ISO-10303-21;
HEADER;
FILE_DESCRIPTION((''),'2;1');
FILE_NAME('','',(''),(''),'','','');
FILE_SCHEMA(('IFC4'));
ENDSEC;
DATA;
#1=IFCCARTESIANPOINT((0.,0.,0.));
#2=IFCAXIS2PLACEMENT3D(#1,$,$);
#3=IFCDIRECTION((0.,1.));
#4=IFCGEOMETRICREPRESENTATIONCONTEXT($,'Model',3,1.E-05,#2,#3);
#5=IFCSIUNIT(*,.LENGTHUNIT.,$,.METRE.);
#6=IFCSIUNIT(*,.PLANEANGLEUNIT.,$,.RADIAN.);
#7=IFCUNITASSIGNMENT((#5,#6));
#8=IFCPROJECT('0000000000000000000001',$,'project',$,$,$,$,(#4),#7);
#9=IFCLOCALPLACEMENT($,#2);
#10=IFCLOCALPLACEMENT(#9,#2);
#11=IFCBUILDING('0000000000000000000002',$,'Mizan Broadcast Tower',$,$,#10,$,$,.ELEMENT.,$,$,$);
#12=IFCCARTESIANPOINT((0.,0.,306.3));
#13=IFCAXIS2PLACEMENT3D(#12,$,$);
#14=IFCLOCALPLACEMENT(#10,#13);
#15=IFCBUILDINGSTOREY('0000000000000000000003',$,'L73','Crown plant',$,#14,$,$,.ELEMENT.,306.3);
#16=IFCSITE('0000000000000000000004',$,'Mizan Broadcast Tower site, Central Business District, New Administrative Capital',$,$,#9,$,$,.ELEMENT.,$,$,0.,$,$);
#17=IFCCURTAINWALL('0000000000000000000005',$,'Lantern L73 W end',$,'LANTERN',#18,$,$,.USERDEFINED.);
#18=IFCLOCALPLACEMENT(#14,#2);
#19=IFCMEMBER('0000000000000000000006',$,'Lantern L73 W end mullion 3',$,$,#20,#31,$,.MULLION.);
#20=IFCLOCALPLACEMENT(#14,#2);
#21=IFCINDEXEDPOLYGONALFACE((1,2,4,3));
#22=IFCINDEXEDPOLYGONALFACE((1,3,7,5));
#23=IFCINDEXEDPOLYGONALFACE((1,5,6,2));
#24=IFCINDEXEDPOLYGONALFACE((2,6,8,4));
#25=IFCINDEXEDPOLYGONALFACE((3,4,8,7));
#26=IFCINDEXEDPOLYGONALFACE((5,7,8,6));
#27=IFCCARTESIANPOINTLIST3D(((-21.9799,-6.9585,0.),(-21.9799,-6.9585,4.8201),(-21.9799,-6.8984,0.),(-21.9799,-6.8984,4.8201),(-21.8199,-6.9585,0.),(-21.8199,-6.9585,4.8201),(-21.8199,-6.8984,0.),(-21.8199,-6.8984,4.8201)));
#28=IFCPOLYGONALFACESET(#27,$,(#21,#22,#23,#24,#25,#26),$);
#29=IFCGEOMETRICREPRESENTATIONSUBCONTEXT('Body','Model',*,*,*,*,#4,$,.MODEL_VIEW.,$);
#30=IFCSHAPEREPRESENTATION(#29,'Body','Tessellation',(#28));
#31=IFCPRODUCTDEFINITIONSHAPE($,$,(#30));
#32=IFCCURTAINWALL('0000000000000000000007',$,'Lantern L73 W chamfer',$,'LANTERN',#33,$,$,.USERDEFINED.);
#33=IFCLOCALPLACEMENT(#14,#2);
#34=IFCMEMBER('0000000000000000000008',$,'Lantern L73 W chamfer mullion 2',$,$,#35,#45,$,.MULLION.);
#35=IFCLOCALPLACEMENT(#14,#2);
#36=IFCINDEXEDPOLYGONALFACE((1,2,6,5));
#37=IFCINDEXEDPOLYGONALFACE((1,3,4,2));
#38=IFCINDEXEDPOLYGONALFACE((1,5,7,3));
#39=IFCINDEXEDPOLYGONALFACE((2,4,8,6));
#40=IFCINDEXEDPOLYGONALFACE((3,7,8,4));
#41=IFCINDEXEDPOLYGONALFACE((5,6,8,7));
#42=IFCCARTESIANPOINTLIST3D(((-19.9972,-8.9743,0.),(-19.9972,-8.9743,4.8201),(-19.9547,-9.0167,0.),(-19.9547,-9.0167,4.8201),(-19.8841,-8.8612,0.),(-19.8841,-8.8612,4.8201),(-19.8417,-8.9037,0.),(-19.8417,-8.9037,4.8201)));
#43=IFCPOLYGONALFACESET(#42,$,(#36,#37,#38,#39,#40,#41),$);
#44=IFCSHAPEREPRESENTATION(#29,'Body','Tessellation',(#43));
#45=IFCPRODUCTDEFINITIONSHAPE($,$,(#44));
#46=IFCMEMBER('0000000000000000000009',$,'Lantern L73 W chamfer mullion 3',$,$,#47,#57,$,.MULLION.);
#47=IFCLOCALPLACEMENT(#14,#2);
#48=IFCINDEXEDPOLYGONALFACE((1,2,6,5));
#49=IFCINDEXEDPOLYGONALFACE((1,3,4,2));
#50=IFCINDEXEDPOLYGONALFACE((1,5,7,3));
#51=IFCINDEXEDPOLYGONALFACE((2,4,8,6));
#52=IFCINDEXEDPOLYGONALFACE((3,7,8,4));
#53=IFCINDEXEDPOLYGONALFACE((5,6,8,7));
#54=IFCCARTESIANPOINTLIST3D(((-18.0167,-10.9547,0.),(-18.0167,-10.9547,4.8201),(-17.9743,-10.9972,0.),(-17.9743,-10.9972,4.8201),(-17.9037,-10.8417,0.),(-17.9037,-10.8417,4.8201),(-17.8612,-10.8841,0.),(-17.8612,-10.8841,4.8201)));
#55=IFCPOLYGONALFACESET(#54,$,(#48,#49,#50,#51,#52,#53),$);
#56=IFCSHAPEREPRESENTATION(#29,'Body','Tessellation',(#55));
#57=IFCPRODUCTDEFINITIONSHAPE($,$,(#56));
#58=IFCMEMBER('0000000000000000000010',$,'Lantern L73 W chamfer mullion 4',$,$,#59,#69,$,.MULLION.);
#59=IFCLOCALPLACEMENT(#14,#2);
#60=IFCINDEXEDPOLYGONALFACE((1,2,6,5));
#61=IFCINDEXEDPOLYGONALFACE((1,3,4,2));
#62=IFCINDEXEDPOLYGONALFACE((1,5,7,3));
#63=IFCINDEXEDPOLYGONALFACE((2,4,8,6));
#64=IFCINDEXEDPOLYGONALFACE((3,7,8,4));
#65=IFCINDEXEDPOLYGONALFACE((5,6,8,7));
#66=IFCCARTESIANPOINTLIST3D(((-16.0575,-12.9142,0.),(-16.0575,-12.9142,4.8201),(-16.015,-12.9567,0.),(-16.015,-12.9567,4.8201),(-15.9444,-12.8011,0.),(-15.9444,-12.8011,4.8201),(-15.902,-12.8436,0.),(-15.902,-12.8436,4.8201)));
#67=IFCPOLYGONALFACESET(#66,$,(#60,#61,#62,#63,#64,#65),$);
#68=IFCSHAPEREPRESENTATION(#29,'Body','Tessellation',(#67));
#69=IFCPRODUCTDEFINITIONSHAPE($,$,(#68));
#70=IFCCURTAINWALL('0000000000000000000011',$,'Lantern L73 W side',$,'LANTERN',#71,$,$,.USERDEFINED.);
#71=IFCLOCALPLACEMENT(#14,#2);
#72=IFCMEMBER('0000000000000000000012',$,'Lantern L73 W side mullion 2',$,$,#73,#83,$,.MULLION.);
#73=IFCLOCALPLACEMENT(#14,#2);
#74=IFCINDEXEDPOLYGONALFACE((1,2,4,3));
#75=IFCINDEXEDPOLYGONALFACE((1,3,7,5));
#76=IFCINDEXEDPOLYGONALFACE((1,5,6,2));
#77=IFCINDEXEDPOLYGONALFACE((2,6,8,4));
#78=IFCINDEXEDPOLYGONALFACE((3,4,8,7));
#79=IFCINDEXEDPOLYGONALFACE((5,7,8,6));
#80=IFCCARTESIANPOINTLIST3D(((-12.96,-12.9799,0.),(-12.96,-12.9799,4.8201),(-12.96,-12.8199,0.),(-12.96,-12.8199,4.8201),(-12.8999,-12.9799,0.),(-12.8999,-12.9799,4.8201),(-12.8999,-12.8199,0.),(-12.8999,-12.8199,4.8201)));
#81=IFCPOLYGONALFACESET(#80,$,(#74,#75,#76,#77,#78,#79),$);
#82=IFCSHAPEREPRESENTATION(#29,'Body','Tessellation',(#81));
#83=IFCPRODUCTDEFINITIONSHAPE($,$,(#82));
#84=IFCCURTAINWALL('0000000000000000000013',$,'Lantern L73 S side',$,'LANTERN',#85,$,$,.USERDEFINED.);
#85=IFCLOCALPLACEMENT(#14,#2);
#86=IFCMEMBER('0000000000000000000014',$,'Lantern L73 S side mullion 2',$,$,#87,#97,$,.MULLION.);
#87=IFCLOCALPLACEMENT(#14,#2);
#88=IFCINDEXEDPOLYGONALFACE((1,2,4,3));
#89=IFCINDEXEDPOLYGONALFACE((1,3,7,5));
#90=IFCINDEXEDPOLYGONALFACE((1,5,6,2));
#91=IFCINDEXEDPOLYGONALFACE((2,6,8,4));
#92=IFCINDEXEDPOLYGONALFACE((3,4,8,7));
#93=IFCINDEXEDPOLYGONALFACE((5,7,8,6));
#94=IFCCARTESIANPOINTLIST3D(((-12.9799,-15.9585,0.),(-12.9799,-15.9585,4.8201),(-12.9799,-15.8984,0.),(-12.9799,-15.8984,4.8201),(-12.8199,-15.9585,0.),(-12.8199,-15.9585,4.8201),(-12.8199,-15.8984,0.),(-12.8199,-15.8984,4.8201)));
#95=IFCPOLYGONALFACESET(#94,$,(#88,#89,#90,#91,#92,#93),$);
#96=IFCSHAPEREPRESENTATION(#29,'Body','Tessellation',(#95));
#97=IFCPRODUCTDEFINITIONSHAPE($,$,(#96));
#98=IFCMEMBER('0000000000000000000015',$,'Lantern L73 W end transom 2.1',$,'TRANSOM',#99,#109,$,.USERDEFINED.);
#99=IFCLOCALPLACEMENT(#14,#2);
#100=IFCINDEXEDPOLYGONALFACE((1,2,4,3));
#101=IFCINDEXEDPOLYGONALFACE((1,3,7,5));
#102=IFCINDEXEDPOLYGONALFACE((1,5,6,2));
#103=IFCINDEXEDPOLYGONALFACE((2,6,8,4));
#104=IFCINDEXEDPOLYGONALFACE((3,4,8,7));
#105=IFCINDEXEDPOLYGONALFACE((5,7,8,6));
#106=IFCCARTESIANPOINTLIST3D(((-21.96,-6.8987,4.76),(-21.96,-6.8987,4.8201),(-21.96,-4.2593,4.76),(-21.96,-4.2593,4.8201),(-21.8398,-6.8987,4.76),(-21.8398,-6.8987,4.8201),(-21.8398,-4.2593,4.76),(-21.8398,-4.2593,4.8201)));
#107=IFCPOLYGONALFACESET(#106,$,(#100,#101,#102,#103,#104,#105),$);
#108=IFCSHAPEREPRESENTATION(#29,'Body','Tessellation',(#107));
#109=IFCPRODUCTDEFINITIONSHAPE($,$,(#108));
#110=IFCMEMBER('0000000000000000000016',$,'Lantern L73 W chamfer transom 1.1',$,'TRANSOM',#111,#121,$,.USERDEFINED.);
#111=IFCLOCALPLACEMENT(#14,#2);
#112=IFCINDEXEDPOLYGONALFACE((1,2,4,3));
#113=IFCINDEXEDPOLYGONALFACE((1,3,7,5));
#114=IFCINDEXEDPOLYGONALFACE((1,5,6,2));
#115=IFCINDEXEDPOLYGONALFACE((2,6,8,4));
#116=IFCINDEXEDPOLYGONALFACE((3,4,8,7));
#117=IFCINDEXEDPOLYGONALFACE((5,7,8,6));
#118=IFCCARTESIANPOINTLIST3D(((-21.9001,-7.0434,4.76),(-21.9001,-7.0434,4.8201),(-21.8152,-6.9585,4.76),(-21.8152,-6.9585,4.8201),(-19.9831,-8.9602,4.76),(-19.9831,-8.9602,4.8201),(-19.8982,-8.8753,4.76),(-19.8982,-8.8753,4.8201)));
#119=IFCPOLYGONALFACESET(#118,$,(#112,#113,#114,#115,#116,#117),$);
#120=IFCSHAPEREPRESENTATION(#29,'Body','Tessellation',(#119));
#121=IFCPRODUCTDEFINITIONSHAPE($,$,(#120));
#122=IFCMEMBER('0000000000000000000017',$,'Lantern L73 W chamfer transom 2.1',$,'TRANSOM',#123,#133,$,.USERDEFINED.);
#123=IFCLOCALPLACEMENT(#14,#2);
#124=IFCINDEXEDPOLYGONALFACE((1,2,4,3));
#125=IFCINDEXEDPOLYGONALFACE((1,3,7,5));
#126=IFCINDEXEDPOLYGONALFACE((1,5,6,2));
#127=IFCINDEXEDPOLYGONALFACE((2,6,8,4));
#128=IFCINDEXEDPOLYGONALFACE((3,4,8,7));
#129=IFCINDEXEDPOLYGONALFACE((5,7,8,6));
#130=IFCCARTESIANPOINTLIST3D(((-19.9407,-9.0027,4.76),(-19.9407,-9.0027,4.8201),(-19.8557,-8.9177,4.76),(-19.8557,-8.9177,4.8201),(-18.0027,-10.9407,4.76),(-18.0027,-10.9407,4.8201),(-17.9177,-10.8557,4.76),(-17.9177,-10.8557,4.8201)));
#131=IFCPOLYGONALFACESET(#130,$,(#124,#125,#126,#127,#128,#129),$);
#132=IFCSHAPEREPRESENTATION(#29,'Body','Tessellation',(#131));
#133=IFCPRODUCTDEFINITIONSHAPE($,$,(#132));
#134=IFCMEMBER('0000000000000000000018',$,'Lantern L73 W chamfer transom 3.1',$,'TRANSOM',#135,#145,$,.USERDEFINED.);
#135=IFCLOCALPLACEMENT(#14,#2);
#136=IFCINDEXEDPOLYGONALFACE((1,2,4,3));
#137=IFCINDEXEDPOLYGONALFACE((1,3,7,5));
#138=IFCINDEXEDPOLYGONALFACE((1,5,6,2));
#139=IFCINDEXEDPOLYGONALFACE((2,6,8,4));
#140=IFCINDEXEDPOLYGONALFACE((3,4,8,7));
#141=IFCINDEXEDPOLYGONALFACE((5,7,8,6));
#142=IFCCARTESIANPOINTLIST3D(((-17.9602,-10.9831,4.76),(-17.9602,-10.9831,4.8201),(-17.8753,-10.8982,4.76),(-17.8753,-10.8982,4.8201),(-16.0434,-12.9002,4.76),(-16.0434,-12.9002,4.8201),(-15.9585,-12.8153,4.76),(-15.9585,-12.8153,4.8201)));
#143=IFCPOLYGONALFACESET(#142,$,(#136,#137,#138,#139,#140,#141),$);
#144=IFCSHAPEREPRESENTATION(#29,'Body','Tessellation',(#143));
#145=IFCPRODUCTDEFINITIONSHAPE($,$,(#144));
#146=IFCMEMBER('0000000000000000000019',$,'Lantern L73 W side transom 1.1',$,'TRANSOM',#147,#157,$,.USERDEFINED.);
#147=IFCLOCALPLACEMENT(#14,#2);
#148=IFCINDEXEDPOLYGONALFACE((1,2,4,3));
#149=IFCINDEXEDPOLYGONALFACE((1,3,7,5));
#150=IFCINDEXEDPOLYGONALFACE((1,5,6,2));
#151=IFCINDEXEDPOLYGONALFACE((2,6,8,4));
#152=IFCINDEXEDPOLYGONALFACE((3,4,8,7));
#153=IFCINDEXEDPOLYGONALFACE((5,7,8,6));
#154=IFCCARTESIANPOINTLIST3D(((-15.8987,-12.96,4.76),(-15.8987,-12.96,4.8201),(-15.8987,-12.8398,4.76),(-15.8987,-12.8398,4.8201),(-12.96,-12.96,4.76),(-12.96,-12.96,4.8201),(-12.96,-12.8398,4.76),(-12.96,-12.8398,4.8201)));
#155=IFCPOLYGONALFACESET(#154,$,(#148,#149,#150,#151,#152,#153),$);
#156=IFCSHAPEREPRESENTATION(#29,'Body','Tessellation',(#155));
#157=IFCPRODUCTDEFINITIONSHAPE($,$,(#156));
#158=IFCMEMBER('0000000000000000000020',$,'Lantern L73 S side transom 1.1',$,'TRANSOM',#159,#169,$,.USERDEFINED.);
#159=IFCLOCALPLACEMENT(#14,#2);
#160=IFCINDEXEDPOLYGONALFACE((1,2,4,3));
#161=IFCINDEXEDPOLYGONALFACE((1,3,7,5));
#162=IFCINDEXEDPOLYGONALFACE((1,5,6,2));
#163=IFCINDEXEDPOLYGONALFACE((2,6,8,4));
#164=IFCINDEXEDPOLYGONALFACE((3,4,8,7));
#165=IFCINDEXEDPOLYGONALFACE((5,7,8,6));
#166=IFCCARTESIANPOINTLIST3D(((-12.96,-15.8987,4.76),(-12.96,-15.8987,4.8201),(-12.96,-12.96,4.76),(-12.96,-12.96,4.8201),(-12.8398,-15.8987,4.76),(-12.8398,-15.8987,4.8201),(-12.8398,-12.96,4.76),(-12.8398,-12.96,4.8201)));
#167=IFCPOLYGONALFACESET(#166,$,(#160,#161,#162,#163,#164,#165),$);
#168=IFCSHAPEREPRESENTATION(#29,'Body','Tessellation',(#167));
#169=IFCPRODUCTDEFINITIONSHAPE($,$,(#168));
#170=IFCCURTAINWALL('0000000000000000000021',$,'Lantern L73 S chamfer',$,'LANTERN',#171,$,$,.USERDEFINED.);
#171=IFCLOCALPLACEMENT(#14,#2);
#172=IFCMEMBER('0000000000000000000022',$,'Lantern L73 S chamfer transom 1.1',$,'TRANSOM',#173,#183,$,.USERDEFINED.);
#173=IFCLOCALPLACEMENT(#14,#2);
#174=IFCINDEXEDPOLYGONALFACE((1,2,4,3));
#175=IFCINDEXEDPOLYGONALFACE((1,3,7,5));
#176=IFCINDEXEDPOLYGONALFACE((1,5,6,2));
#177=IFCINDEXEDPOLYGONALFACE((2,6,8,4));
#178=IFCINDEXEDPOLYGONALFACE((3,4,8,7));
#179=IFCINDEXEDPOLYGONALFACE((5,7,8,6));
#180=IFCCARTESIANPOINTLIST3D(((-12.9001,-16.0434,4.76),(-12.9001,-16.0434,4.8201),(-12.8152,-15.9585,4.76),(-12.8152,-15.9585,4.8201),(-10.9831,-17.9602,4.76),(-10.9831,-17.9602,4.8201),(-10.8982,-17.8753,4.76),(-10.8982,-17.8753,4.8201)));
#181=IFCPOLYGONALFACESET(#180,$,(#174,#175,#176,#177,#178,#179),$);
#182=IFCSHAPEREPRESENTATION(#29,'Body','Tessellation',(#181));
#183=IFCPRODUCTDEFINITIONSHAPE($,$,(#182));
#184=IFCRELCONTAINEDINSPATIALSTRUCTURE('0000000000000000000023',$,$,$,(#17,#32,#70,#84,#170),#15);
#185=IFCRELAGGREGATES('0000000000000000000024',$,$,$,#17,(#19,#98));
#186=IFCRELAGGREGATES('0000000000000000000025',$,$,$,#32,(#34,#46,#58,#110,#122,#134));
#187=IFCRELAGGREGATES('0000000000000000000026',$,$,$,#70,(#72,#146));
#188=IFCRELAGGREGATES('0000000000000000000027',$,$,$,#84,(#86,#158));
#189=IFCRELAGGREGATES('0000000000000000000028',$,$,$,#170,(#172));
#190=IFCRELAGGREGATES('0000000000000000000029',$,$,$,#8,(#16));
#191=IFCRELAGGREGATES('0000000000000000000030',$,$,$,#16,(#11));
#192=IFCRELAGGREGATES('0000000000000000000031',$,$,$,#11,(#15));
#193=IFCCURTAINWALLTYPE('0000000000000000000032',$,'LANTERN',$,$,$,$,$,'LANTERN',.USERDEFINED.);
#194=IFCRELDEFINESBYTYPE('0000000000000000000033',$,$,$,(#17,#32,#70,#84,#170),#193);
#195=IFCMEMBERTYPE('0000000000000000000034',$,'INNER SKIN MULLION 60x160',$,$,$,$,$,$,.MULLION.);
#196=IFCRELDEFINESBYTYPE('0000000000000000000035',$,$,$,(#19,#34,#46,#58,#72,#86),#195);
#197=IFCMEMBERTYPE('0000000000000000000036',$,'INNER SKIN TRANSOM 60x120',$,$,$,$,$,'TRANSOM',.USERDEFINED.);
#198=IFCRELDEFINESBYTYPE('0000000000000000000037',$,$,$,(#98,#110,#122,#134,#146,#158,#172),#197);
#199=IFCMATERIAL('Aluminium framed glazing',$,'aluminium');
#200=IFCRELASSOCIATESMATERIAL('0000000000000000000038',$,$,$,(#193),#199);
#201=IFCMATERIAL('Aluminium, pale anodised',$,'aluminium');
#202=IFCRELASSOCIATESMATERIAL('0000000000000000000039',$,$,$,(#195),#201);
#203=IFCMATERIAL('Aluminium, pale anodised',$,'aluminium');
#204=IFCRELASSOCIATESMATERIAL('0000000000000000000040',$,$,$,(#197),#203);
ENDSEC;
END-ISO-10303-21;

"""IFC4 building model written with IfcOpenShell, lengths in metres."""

from ifc_helpers import new_model, si_unit, direction, frame, origin, origin_2d, place, context, subcontext, project, spatial, rectangle, extrude, material, material_profile, profile_set, type_object, element, aggregate, save


model = new_model("IFC4")

# Units and contexts
model_context = context("Model", 3, precision=1e-05, world=origin(), true_north=direction((0.0, 1.0)))
body_context = subcontext(model_context, "Body", "Model", "MODEL_VIEW")
ifc_project = project(units=[si_unit("LENGTHUNIT", "METRE"), si_unit("PLANEANGLEUNIT", "RADIAN")], contexts=[model_context])

# Site, building, storey
site_placement = place(None, origin())
site = spatial("IfcSite", under=ifc_project, at=site_placement, Name="Mizan Broadcast Tower site, Central Business District, New Administrative Capital", CompositionType="ELEMENT", RefElevation=0.0)
building_placement = place(site_placement, origin())
building = spatial("IfcBuilding", under=site, at=building_placement, Name="Mizan Broadcast Tower", CompositionType="ELEMENT")
storey_placement = place(building_placement, frame((0.0, 0.0, 306.3)))
storey = spatial("IfcBuildingStorey", under=building, at=storey_placement, Name="L73", Description="Crown plant", CompositionType="ELEMENT", Elevation=306.3)

# Curtain wall, member
ifc_material_1 = material(Name="Aluminium framed glazing", Category="aluminium")
curtain_wall_type = type_object("IfcCurtainWallType", Name="LANTERN", ElementType="LANTERN", PredefinedType="USERDEFINED", material=ifc_material_1)
curtain_wall_1_placement = place(storey_placement, origin())
curtain_wall_1 = element("IfcCurtainWall", 1, at=curtain_wall_1_placement, inside=storey, type_object=curtain_wall_type, Name="Lantern L73 W end", ObjectType="LANTERN", PredefinedType="USERDEFINED")
ifc_material_2 = material(Name="Aluminium, pale anodised", Category="aluminium")
ifc_material_profile_1 = material_profile(ifc_material_2, rectangle(XDim=0.1599, YDim=0.0601, at=origin_2d()), Name="MULLION 160x60")
ifc_profile_set_1 = profile_set([ifc_material_profile_1], Name="Aluminium, pale anodised")
member_type_1 = type_object("IfcMemberType", Name="INNER SKIN MULLION 60x160", PredefinedType="MULLION", material=ifc_profile_set_1)
member_1_placement = place(storey_placement, frame((-21.8999, -6.9285, 0.0), z_axis=(0.0, 0.0, 1.0), x_axis=(1.0, 0.0, 0.0)))
member_1 = element("IfcMember", 2, at=member_1_placement, type_object=member_type_1, Name="Lantern L73 W end mullion 3", PredefinedType="MULLION", context=body_context, shape_type="SweptSolid", body=[
    extrude(rectangle(XDim=0.1599, YDim=0.0601, at=origin_2d()), origin(), (0.0, 0.0, 1.0), 4.8201),
])

# Curtain wall, members
curtain_wall_2_placement = place(storey_placement, origin())
curtain_wall_2 = element("IfcCurtainWall", 3, at=curtain_wall_2_placement, inside=storey, type_object=curtain_wall_type, Name="Lantern L73 W chamfer", ObjectType="LANTERN", PredefinedType="USERDEFINED")
member_2_placement = place(storey_placement, frame((-19.9194, -8.939, 0.0), z_axis=(0.0, 0.0, 1.0), x_axis=(0.707107, 0.707107, 0.0)))
member_2 = element("IfcMember", 4, at=member_2_placement, type_object=member_type_1, Name="Lantern L73 W chamfer mullion 2", PredefinedType="MULLION", context=body_context, shape_type="SweptSolid", body=[
    extrude(rectangle(XDim=0.1599, YDim=0.0601, at=origin_2d()), origin(), (0.0, 0.0, 1.0), 4.8201),
])
member_3_placement = place(storey_placement, frame((-17.939, -10.9194, 0.0), z_axis=(0.0, 0.0, 1.0), x_axis=(0.707107, 0.707107, 0.0)))
member_3 = element("IfcMember", 5, at=member_3_placement, type_object=member_type_1, Name="Lantern L73 W chamfer mullion 3", PredefinedType="MULLION", context=body_context, shape_type="SweptSolid", body=[
    extrude(rectangle(XDim=0.1599, YDim=0.0601, at=origin_2d()), origin(), (0.0, 0.0, 1.0), 4.8201),
])
member_4_placement = place(storey_placement, frame((-15.9797, -12.8789, 0.0), z_axis=(0.0, 0.0, 1.0), x_axis=(0.707107, 0.707107, 0.0)))
member_4 = element("IfcMember", 6, at=member_4_placement, type_object=member_type_1, Name="Lantern L73 W chamfer mullion 4", PredefinedType="MULLION", context=body_context, shape_type="SweptSolid", body=[
    extrude(rectangle(XDim=0.1599, YDim=0.0601, at=origin_2d()), origin(), (0.0, 0.0, 1.0), 4.8201),
])

# Curtain walls, members
curtain_wall_3_placement = place(storey_placement, origin())
curtain_wall_3 = element("IfcCurtainWall", 7, at=curtain_wall_3_placement, inside=storey, type_object=curtain_wall_type, Name="Lantern L73 W side", ObjectType="LANTERN", PredefinedType="USERDEFINED")
member_5_placement = place(storey_placement, frame((-12.9299, -12.8999, 0.0), z_axis=(0.0, 0.0, 1.0), x_axis=(0.0, 1.0, 0.0)))
member_5 = element("IfcMember", 8, at=member_5_placement, type_object=member_type_1, Name="Lantern L73 W side mullion 2", PredefinedType="MULLION", context=body_context, shape_type="SweptSolid", body=[
    extrude(rectangle(XDim=0.1599, YDim=0.0601, at=origin_2d()), origin(), (0.0, 0.0, 1.0), 4.8201),
])
curtain_wall_4_placement = place(storey_placement, origin())
curtain_wall_4 = element("IfcCurtainWall", 9, at=curtain_wall_4_placement, inside=storey, type_object=curtain_wall_type, Name="Lantern L73 S side", ObjectType="LANTERN", PredefinedType="USERDEFINED")
member_6_placement = place(storey_placement, frame((-12.8999, -15.9285, 0.0), z_axis=(0.0, 0.0, 1.0), x_axis=(1.0, 0.0, 0.0)))
member_6 = element("IfcMember", 10, at=member_6_placement, type_object=member_type_1, Name="Lantern L73 S side mullion 2", PredefinedType="MULLION", context=body_context, shape_type="SweptSolid", body=[
    extrude(rectangle(XDim=0.1599, YDim=0.0601, at=origin_2d()), origin(), (0.0, 0.0, 1.0), 4.8201),
])

# Members
ifc_material_3 = material(Name="Aluminium, pale anodised", Category="aluminium")
ifc_material_profile_2 = material_profile(ifc_material_3, rectangle(XDim=0.1201, YDim=0.0601, at=origin_2d()), Name="TRANSOM 120x60")
ifc_profile_set_2 = profile_set([ifc_material_profile_2], Name="Aluminium, pale anodised")
member_type_2 = type_object("IfcMemberType", Name="INNER SKIN TRANSOM 60x120", ElementType="TRANSOM", PredefinedType="USERDEFINED", material=ifc_profile_set_2)
member_7_placement = place(storey_placement, frame((-21.8999, -4.2593, 4.79), z_axis=(0.0, -1.0, 0.0), x_axis=(1.0, 0.0, 0.0)))
member_7 = element("IfcMember", 11, at=member_7_placement, type_object=member_type_2, Name="Lantern L73 W end transom 2.1", ObjectType="TRANSOM", PredefinedType="USERDEFINED", context=body_context, shape_type="SweptSolid", body=[
    extrude(rectangle(XDim=0.1201, YDim=0.0601, at=origin_2d()), origin(), (0.0, 0.0, 1.0), 2.6394),
])
member_8_placement = place(storey_placement, frame((-21.8577, -7.001, 4.79), z_axis=(0.707152, -0.707062, 0.0), x_axis=(0.707062, 0.707152, 0.0)))
member_8 = element("IfcMember", 12, at=member_8_placement, type_object=member_type_2, Name="Lantern L73 W chamfer transom 1.1", ObjectType="TRANSOM", PredefinedType="USERDEFINED", context=body_context, shape_type="SweptSolid", body=[
    extrude(rectangle(XDim=0.1201, YDim=0.0601, at=origin_2d()), origin(), (0.0, 0.0, 1.0), 2.7109),
])
member_9_placement = place(storey_placement, frame((-19.8982, -8.9602, 4.79), z_axis=(0.707107, -0.707107, 0.0), x_axis=(0.707107, 0.707107, 0.0)))
member_9 = element("IfcMember", 13, at=member_9_placement, type_object=member_type_2, Name="Lantern L73 W chamfer transom 2.1", ObjectType="TRANSOM", PredefinedType="USERDEFINED", context=body_context, shape_type="SweptSolid", body=[
    extrude(rectangle(XDim=0.1201, YDim=0.0601, at=origin_2d()), origin(), (0.0, 0.0, 1.0), 2.7407),
])
member_10_placement = place(storey_placement, frame((-17.9177, -10.9407, 4.79), z_axis=(0.707062, -0.707152, 0.0), x_axis=(0.707152, 0.707062, 0.0)))
member_10 = element("IfcMember", 14, at=member_10_placement, type_object=member_type_2, Name="Lantern L73 W chamfer transom 3.1", ObjectType="TRANSOM", PredefinedType="USERDEFINED", context=body_context, shape_type="SweptSolid", body=[
    extrude(rectangle(XDim=0.1201, YDim=0.0601, at=origin_2d()), origin(), (0.0, 0.0, 1.0), 2.7109),
])
member_11_placement = place(storey_placement, frame((-15.8987, -12.8999, 4.79), z_axis=(1.0, 0.0, 0.0), x_axis=(0.0, 1.0, 0.0)))
member_11 = element("IfcMember", 15, at=member_11_placement, type_object=member_type_2, Name="Lantern L73 W side transom 1.1", ObjectType="TRANSOM", PredefinedType="USERDEFINED", context=body_context, shape_type="SweptSolid", body=[
    extrude(rectangle(XDim=0.1201, YDim=0.0601, at=origin_2d()), origin(), (0.0, 0.0, 1.0), 2.9387),
])
member_12_placement = place(storey_placement, frame((-12.8999, -12.96, 4.79), z_axis=(0.0, -1.0, 0.0), x_axis=(1.0, 0.0, 0.0)))
member_12 = element("IfcMember", 16, at=member_12_placement, type_object=member_type_2, Name="Lantern L73 S side transom 1.1", ObjectType="TRANSOM", PredefinedType="USERDEFINED", context=body_context, shape_type="SweptSolid", body=[
    extrude(rectangle(XDim=0.1201, YDim=0.0601, at=origin_2d()), origin(), (0.0, 0.0, 1.0), 2.9387),
])

# Curtain wall, member
curtain_wall_5_placement = place(storey_placement, origin())
curtain_wall_5 = element("IfcCurtainWall", 17, at=curtain_wall_5_placement, inside=storey, type_object=curtain_wall_type, Name="Lantern L73 S chamfer", ObjectType="LANTERN", PredefinedType="USERDEFINED")
member_13_placement = place(storey_placement, frame((-12.8577, -16.001, 4.79), z_axis=(0.707152, -0.707062, 0.0), x_axis=(0.707062, 0.707152, 0.0)))
member_13 = element("IfcMember", 18, at=member_13_placement, type_object=member_type_2, Name="Lantern L73 S chamfer transom 1.1", ObjectType="TRANSOM", PredefinedType="USERDEFINED", context=body_context, shape_type="SweptSolid", body=[
    extrude(rectangle(XDim=0.1201, YDim=0.0601, at=origin_2d()), origin(), (0.0, 0.0, 1.0), 2.7109),
])

aggregate(curtain_wall_1, [member_1, member_7])
aggregate(curtain_wall_2, [member_2, member_3, member_4, member_8, member_9, member_10])
aggregate(curtain_wall_3, [member_5, member_11])
aggregate(curtain_wall_4, [member_6, member_12])
aggregate(curtain_wall_5, [member_13])

save(model, "model.ifc")
